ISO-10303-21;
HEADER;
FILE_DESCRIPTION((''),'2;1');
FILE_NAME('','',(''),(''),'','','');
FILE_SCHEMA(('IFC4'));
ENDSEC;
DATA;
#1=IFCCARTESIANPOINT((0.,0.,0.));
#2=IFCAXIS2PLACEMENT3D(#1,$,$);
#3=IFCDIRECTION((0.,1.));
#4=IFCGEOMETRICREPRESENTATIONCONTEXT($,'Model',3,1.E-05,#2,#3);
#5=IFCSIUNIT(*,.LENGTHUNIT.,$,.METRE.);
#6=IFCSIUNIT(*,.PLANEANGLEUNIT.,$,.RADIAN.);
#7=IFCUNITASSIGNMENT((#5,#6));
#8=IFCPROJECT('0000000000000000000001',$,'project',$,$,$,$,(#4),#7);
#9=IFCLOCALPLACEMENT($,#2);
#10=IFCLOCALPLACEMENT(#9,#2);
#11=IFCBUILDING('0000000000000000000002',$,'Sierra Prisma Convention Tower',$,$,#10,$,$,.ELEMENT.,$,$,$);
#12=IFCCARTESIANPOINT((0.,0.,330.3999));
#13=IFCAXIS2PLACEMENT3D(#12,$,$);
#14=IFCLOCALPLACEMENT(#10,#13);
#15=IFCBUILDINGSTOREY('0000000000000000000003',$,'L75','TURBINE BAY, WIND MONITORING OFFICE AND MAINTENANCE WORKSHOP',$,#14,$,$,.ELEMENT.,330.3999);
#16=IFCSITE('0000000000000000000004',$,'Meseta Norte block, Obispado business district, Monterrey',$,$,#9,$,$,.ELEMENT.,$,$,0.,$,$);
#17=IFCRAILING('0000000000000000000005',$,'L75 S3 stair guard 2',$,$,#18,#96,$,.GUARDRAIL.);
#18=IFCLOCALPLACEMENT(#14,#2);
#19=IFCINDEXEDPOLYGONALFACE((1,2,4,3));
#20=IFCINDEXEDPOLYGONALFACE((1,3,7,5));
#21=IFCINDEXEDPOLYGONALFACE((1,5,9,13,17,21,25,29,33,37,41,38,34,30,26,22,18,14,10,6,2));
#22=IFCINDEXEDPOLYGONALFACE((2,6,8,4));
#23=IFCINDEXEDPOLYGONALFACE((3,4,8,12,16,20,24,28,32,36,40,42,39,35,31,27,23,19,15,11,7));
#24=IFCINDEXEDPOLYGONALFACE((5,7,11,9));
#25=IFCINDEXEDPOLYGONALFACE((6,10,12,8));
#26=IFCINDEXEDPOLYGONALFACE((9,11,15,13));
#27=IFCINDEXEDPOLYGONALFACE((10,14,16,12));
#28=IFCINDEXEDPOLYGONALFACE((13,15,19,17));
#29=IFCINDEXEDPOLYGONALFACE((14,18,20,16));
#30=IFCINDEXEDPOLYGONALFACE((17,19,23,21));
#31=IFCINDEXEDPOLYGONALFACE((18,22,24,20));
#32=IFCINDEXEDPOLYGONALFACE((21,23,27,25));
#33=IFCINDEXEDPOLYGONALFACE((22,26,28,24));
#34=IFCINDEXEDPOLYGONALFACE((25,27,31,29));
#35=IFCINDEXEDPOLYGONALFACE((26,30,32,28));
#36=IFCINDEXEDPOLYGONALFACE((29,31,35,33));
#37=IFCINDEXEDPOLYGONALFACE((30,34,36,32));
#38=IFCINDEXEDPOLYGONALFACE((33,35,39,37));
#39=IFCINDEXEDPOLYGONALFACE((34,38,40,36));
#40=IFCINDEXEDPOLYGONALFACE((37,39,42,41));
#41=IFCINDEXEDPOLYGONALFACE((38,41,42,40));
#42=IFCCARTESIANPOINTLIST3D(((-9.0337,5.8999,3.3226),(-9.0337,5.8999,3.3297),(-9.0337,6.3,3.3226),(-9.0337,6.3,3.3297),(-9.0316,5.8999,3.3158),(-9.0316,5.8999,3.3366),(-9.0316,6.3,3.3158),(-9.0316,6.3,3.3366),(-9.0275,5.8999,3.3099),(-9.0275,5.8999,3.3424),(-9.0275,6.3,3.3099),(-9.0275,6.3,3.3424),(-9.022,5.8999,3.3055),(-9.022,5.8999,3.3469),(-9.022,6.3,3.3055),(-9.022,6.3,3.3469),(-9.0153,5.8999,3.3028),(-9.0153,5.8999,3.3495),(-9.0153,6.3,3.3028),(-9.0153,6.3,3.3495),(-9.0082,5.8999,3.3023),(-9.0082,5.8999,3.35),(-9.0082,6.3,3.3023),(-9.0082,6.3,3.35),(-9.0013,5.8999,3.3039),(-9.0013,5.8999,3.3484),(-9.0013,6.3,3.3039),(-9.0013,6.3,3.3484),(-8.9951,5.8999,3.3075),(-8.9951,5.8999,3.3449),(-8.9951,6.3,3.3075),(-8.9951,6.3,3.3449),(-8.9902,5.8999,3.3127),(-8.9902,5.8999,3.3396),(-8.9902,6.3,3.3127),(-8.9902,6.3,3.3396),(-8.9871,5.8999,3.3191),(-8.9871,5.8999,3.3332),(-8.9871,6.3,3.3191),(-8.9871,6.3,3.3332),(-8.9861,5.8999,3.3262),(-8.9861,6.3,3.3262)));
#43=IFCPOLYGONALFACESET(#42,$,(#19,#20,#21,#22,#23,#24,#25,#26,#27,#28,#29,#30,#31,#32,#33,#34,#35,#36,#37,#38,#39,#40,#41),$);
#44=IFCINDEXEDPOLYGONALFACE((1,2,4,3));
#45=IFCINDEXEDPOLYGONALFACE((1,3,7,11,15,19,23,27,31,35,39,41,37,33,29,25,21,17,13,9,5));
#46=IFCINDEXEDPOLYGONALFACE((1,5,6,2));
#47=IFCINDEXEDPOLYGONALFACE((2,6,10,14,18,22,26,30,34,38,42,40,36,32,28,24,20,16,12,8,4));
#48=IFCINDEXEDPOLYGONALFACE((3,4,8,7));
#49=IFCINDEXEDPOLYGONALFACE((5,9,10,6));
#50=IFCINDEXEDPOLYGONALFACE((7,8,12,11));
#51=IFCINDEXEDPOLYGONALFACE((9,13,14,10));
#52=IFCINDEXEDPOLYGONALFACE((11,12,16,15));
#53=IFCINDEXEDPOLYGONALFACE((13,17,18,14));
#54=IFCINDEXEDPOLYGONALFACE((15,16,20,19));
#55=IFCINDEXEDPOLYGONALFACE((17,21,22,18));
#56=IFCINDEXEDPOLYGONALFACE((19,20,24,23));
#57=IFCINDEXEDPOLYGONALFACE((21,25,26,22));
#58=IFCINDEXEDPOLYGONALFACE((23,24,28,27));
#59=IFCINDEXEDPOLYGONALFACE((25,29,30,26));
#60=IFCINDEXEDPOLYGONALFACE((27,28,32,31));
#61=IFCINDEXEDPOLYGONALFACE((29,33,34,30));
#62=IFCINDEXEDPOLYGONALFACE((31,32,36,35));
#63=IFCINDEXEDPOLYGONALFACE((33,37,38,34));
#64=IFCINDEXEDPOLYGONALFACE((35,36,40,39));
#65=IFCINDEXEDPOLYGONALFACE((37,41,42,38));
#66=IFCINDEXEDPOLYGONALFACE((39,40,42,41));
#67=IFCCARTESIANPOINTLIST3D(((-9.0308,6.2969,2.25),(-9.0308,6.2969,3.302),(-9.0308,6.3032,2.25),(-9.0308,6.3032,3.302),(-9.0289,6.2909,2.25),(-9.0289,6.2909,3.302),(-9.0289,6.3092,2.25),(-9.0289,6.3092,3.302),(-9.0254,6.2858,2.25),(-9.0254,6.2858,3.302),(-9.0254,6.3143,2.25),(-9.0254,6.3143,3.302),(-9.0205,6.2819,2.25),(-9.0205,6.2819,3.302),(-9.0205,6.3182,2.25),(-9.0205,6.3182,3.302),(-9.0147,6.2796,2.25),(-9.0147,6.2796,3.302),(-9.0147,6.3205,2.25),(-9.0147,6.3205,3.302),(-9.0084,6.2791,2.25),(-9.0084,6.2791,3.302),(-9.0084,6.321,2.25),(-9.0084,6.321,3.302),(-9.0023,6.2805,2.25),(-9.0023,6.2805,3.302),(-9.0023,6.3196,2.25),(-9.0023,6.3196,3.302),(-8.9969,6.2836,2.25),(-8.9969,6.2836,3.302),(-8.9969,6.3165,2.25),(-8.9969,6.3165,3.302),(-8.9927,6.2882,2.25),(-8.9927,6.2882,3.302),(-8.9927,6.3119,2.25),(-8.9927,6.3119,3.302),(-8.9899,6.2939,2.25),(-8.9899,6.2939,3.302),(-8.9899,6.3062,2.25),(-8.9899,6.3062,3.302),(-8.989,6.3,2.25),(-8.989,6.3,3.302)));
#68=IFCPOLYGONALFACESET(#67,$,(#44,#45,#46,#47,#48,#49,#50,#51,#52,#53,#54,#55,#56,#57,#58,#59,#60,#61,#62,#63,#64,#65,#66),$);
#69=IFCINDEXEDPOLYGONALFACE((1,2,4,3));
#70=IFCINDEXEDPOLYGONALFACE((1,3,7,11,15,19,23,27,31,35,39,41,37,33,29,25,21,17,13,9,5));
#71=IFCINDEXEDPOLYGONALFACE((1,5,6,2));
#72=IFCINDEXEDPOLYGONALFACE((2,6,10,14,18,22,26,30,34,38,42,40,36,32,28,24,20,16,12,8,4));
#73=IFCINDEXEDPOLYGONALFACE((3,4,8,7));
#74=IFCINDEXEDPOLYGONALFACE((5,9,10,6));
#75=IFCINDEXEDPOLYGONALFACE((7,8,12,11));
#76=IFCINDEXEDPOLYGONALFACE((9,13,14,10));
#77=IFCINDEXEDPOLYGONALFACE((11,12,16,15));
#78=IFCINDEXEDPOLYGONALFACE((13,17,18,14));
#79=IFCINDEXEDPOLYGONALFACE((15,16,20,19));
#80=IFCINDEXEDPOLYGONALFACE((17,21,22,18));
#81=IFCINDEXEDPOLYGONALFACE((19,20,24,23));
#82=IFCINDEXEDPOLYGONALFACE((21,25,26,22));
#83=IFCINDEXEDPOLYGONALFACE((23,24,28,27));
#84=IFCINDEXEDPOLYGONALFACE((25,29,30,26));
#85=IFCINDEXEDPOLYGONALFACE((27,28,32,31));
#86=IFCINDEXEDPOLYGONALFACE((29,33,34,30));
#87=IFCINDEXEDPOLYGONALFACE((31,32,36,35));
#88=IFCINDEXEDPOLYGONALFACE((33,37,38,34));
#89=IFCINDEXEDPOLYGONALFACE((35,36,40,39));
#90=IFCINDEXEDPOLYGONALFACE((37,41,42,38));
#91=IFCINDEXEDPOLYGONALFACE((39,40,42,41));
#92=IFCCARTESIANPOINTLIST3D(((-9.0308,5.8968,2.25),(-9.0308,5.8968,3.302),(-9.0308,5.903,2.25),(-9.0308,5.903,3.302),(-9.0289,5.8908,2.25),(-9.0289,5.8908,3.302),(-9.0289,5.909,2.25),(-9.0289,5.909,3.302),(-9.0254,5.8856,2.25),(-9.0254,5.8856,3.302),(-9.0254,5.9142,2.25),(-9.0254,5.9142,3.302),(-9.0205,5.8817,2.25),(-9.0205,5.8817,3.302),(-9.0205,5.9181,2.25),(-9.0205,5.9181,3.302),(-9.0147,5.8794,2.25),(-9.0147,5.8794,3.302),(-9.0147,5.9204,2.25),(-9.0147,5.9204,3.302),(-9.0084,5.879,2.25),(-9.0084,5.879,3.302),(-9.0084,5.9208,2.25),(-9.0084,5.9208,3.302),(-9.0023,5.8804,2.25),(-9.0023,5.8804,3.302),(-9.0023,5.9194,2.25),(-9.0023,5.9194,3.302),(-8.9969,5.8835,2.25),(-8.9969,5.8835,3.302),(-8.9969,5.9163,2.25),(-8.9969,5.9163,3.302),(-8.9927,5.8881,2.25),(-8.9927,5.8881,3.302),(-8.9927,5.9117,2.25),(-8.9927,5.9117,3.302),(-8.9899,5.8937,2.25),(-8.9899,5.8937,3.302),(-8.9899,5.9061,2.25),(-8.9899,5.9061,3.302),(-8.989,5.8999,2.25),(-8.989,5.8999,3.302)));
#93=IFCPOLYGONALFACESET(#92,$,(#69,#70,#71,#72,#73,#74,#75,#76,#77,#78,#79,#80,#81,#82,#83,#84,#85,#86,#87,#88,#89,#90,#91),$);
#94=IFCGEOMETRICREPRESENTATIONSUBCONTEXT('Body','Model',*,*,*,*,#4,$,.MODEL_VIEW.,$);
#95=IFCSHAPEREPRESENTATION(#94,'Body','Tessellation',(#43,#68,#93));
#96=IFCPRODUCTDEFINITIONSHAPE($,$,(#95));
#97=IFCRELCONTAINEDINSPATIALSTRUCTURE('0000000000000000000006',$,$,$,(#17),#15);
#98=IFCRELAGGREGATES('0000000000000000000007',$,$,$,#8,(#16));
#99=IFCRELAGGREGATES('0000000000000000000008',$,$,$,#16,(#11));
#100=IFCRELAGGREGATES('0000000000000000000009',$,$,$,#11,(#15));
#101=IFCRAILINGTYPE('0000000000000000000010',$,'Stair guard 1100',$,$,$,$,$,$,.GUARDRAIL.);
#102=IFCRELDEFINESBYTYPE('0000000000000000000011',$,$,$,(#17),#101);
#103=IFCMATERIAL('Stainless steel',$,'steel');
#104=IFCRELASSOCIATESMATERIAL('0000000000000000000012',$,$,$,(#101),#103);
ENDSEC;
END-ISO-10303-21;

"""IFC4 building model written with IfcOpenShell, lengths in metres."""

from ifc_helpers import new_model, si_unit, direction, frame, origin, origin_2d, place, context, subcontext, project, spatial, circle, extrude, material, type_object, element, save


model = new_model("IFC4")

# Units and contexts
model_context = context("Model", 3, precision=1e-05, world=origin(), true_north=direction((0.0, 1.0)))
body_context = subcontext(model_context, "Body", "Model", "MODEL_VIEW")
ifc_project = project(units=[si_unit("LENGTHUNIT", "METRE"), si_unit("PLANEANGLEUNIT", "RADIAN")], contexts=[model_context])

# Site, building, storey
site_placement = place(None, origin())
site = spatial("IfcSite", under=ifc_project, at=site_placement, Name="Meseta Norte block, Obispado business district, Monterrey", CompositionType="ELEMENT", RefElevation=0.0)
building_placement = place(site_placement, origin())
building = spatial("IfcBuilding", under=site, at=building_placement, Name="Sierra Prisma Convention Tower", CompositionType="ELEMENT")
storey_placement = place(building_placement, frame((0.0, 0.0, 330.3999)))
storey = spatial("IfcBuildingStorey", under=building, at=storey_placement, Name="L75", Description="TURBINE BAY, WIND MONITORING OFFICE AND MAINTENANCE WORKSHOP", CompositionType="ELEMENT", Elevation=330.3999)

# Railing
ifc_material_1 = material(Name="Stainless steel", Category="steel")
railing_type_1 = type_object("IfcRailingType", Name="Stair guard 1100", PredefinedType="GUARDRAIL", material=ifc_material_1)
railing_1_placement = place(storey_placement, frame((-9.01, 6.3, 2.25)))
element("IfcRailing", 1, at=railing_1_placement, inside=storey, type_object=railing_type_1, Name="L75 S3 stair guard 2", PredefinedType="GUARDRAIL", context=body_context, shape_type="SweptSolid", body=[
    extrude(circle(Radius=0.0239, at=origin_2d()), frame((0.0, 0.0, 1.0762), z_axis=(0.0, -1.0, 0.0), x_axis=(1.0, 0.0, 0.0)), (0.0, 0.0, 1.0), 0.4001),
    extrude(circle(Radius=0.021, at=origin_2d()), origin(), (0.0, 0.0, 1.0), 1.052),
    extrude(circle(Radius=0.021, at=origin_2d()), frame((0.0, -0.4001, 0.0)), (0.0, 0.0, 1.0), 1.052),
])

save(model, "model.ifc")
